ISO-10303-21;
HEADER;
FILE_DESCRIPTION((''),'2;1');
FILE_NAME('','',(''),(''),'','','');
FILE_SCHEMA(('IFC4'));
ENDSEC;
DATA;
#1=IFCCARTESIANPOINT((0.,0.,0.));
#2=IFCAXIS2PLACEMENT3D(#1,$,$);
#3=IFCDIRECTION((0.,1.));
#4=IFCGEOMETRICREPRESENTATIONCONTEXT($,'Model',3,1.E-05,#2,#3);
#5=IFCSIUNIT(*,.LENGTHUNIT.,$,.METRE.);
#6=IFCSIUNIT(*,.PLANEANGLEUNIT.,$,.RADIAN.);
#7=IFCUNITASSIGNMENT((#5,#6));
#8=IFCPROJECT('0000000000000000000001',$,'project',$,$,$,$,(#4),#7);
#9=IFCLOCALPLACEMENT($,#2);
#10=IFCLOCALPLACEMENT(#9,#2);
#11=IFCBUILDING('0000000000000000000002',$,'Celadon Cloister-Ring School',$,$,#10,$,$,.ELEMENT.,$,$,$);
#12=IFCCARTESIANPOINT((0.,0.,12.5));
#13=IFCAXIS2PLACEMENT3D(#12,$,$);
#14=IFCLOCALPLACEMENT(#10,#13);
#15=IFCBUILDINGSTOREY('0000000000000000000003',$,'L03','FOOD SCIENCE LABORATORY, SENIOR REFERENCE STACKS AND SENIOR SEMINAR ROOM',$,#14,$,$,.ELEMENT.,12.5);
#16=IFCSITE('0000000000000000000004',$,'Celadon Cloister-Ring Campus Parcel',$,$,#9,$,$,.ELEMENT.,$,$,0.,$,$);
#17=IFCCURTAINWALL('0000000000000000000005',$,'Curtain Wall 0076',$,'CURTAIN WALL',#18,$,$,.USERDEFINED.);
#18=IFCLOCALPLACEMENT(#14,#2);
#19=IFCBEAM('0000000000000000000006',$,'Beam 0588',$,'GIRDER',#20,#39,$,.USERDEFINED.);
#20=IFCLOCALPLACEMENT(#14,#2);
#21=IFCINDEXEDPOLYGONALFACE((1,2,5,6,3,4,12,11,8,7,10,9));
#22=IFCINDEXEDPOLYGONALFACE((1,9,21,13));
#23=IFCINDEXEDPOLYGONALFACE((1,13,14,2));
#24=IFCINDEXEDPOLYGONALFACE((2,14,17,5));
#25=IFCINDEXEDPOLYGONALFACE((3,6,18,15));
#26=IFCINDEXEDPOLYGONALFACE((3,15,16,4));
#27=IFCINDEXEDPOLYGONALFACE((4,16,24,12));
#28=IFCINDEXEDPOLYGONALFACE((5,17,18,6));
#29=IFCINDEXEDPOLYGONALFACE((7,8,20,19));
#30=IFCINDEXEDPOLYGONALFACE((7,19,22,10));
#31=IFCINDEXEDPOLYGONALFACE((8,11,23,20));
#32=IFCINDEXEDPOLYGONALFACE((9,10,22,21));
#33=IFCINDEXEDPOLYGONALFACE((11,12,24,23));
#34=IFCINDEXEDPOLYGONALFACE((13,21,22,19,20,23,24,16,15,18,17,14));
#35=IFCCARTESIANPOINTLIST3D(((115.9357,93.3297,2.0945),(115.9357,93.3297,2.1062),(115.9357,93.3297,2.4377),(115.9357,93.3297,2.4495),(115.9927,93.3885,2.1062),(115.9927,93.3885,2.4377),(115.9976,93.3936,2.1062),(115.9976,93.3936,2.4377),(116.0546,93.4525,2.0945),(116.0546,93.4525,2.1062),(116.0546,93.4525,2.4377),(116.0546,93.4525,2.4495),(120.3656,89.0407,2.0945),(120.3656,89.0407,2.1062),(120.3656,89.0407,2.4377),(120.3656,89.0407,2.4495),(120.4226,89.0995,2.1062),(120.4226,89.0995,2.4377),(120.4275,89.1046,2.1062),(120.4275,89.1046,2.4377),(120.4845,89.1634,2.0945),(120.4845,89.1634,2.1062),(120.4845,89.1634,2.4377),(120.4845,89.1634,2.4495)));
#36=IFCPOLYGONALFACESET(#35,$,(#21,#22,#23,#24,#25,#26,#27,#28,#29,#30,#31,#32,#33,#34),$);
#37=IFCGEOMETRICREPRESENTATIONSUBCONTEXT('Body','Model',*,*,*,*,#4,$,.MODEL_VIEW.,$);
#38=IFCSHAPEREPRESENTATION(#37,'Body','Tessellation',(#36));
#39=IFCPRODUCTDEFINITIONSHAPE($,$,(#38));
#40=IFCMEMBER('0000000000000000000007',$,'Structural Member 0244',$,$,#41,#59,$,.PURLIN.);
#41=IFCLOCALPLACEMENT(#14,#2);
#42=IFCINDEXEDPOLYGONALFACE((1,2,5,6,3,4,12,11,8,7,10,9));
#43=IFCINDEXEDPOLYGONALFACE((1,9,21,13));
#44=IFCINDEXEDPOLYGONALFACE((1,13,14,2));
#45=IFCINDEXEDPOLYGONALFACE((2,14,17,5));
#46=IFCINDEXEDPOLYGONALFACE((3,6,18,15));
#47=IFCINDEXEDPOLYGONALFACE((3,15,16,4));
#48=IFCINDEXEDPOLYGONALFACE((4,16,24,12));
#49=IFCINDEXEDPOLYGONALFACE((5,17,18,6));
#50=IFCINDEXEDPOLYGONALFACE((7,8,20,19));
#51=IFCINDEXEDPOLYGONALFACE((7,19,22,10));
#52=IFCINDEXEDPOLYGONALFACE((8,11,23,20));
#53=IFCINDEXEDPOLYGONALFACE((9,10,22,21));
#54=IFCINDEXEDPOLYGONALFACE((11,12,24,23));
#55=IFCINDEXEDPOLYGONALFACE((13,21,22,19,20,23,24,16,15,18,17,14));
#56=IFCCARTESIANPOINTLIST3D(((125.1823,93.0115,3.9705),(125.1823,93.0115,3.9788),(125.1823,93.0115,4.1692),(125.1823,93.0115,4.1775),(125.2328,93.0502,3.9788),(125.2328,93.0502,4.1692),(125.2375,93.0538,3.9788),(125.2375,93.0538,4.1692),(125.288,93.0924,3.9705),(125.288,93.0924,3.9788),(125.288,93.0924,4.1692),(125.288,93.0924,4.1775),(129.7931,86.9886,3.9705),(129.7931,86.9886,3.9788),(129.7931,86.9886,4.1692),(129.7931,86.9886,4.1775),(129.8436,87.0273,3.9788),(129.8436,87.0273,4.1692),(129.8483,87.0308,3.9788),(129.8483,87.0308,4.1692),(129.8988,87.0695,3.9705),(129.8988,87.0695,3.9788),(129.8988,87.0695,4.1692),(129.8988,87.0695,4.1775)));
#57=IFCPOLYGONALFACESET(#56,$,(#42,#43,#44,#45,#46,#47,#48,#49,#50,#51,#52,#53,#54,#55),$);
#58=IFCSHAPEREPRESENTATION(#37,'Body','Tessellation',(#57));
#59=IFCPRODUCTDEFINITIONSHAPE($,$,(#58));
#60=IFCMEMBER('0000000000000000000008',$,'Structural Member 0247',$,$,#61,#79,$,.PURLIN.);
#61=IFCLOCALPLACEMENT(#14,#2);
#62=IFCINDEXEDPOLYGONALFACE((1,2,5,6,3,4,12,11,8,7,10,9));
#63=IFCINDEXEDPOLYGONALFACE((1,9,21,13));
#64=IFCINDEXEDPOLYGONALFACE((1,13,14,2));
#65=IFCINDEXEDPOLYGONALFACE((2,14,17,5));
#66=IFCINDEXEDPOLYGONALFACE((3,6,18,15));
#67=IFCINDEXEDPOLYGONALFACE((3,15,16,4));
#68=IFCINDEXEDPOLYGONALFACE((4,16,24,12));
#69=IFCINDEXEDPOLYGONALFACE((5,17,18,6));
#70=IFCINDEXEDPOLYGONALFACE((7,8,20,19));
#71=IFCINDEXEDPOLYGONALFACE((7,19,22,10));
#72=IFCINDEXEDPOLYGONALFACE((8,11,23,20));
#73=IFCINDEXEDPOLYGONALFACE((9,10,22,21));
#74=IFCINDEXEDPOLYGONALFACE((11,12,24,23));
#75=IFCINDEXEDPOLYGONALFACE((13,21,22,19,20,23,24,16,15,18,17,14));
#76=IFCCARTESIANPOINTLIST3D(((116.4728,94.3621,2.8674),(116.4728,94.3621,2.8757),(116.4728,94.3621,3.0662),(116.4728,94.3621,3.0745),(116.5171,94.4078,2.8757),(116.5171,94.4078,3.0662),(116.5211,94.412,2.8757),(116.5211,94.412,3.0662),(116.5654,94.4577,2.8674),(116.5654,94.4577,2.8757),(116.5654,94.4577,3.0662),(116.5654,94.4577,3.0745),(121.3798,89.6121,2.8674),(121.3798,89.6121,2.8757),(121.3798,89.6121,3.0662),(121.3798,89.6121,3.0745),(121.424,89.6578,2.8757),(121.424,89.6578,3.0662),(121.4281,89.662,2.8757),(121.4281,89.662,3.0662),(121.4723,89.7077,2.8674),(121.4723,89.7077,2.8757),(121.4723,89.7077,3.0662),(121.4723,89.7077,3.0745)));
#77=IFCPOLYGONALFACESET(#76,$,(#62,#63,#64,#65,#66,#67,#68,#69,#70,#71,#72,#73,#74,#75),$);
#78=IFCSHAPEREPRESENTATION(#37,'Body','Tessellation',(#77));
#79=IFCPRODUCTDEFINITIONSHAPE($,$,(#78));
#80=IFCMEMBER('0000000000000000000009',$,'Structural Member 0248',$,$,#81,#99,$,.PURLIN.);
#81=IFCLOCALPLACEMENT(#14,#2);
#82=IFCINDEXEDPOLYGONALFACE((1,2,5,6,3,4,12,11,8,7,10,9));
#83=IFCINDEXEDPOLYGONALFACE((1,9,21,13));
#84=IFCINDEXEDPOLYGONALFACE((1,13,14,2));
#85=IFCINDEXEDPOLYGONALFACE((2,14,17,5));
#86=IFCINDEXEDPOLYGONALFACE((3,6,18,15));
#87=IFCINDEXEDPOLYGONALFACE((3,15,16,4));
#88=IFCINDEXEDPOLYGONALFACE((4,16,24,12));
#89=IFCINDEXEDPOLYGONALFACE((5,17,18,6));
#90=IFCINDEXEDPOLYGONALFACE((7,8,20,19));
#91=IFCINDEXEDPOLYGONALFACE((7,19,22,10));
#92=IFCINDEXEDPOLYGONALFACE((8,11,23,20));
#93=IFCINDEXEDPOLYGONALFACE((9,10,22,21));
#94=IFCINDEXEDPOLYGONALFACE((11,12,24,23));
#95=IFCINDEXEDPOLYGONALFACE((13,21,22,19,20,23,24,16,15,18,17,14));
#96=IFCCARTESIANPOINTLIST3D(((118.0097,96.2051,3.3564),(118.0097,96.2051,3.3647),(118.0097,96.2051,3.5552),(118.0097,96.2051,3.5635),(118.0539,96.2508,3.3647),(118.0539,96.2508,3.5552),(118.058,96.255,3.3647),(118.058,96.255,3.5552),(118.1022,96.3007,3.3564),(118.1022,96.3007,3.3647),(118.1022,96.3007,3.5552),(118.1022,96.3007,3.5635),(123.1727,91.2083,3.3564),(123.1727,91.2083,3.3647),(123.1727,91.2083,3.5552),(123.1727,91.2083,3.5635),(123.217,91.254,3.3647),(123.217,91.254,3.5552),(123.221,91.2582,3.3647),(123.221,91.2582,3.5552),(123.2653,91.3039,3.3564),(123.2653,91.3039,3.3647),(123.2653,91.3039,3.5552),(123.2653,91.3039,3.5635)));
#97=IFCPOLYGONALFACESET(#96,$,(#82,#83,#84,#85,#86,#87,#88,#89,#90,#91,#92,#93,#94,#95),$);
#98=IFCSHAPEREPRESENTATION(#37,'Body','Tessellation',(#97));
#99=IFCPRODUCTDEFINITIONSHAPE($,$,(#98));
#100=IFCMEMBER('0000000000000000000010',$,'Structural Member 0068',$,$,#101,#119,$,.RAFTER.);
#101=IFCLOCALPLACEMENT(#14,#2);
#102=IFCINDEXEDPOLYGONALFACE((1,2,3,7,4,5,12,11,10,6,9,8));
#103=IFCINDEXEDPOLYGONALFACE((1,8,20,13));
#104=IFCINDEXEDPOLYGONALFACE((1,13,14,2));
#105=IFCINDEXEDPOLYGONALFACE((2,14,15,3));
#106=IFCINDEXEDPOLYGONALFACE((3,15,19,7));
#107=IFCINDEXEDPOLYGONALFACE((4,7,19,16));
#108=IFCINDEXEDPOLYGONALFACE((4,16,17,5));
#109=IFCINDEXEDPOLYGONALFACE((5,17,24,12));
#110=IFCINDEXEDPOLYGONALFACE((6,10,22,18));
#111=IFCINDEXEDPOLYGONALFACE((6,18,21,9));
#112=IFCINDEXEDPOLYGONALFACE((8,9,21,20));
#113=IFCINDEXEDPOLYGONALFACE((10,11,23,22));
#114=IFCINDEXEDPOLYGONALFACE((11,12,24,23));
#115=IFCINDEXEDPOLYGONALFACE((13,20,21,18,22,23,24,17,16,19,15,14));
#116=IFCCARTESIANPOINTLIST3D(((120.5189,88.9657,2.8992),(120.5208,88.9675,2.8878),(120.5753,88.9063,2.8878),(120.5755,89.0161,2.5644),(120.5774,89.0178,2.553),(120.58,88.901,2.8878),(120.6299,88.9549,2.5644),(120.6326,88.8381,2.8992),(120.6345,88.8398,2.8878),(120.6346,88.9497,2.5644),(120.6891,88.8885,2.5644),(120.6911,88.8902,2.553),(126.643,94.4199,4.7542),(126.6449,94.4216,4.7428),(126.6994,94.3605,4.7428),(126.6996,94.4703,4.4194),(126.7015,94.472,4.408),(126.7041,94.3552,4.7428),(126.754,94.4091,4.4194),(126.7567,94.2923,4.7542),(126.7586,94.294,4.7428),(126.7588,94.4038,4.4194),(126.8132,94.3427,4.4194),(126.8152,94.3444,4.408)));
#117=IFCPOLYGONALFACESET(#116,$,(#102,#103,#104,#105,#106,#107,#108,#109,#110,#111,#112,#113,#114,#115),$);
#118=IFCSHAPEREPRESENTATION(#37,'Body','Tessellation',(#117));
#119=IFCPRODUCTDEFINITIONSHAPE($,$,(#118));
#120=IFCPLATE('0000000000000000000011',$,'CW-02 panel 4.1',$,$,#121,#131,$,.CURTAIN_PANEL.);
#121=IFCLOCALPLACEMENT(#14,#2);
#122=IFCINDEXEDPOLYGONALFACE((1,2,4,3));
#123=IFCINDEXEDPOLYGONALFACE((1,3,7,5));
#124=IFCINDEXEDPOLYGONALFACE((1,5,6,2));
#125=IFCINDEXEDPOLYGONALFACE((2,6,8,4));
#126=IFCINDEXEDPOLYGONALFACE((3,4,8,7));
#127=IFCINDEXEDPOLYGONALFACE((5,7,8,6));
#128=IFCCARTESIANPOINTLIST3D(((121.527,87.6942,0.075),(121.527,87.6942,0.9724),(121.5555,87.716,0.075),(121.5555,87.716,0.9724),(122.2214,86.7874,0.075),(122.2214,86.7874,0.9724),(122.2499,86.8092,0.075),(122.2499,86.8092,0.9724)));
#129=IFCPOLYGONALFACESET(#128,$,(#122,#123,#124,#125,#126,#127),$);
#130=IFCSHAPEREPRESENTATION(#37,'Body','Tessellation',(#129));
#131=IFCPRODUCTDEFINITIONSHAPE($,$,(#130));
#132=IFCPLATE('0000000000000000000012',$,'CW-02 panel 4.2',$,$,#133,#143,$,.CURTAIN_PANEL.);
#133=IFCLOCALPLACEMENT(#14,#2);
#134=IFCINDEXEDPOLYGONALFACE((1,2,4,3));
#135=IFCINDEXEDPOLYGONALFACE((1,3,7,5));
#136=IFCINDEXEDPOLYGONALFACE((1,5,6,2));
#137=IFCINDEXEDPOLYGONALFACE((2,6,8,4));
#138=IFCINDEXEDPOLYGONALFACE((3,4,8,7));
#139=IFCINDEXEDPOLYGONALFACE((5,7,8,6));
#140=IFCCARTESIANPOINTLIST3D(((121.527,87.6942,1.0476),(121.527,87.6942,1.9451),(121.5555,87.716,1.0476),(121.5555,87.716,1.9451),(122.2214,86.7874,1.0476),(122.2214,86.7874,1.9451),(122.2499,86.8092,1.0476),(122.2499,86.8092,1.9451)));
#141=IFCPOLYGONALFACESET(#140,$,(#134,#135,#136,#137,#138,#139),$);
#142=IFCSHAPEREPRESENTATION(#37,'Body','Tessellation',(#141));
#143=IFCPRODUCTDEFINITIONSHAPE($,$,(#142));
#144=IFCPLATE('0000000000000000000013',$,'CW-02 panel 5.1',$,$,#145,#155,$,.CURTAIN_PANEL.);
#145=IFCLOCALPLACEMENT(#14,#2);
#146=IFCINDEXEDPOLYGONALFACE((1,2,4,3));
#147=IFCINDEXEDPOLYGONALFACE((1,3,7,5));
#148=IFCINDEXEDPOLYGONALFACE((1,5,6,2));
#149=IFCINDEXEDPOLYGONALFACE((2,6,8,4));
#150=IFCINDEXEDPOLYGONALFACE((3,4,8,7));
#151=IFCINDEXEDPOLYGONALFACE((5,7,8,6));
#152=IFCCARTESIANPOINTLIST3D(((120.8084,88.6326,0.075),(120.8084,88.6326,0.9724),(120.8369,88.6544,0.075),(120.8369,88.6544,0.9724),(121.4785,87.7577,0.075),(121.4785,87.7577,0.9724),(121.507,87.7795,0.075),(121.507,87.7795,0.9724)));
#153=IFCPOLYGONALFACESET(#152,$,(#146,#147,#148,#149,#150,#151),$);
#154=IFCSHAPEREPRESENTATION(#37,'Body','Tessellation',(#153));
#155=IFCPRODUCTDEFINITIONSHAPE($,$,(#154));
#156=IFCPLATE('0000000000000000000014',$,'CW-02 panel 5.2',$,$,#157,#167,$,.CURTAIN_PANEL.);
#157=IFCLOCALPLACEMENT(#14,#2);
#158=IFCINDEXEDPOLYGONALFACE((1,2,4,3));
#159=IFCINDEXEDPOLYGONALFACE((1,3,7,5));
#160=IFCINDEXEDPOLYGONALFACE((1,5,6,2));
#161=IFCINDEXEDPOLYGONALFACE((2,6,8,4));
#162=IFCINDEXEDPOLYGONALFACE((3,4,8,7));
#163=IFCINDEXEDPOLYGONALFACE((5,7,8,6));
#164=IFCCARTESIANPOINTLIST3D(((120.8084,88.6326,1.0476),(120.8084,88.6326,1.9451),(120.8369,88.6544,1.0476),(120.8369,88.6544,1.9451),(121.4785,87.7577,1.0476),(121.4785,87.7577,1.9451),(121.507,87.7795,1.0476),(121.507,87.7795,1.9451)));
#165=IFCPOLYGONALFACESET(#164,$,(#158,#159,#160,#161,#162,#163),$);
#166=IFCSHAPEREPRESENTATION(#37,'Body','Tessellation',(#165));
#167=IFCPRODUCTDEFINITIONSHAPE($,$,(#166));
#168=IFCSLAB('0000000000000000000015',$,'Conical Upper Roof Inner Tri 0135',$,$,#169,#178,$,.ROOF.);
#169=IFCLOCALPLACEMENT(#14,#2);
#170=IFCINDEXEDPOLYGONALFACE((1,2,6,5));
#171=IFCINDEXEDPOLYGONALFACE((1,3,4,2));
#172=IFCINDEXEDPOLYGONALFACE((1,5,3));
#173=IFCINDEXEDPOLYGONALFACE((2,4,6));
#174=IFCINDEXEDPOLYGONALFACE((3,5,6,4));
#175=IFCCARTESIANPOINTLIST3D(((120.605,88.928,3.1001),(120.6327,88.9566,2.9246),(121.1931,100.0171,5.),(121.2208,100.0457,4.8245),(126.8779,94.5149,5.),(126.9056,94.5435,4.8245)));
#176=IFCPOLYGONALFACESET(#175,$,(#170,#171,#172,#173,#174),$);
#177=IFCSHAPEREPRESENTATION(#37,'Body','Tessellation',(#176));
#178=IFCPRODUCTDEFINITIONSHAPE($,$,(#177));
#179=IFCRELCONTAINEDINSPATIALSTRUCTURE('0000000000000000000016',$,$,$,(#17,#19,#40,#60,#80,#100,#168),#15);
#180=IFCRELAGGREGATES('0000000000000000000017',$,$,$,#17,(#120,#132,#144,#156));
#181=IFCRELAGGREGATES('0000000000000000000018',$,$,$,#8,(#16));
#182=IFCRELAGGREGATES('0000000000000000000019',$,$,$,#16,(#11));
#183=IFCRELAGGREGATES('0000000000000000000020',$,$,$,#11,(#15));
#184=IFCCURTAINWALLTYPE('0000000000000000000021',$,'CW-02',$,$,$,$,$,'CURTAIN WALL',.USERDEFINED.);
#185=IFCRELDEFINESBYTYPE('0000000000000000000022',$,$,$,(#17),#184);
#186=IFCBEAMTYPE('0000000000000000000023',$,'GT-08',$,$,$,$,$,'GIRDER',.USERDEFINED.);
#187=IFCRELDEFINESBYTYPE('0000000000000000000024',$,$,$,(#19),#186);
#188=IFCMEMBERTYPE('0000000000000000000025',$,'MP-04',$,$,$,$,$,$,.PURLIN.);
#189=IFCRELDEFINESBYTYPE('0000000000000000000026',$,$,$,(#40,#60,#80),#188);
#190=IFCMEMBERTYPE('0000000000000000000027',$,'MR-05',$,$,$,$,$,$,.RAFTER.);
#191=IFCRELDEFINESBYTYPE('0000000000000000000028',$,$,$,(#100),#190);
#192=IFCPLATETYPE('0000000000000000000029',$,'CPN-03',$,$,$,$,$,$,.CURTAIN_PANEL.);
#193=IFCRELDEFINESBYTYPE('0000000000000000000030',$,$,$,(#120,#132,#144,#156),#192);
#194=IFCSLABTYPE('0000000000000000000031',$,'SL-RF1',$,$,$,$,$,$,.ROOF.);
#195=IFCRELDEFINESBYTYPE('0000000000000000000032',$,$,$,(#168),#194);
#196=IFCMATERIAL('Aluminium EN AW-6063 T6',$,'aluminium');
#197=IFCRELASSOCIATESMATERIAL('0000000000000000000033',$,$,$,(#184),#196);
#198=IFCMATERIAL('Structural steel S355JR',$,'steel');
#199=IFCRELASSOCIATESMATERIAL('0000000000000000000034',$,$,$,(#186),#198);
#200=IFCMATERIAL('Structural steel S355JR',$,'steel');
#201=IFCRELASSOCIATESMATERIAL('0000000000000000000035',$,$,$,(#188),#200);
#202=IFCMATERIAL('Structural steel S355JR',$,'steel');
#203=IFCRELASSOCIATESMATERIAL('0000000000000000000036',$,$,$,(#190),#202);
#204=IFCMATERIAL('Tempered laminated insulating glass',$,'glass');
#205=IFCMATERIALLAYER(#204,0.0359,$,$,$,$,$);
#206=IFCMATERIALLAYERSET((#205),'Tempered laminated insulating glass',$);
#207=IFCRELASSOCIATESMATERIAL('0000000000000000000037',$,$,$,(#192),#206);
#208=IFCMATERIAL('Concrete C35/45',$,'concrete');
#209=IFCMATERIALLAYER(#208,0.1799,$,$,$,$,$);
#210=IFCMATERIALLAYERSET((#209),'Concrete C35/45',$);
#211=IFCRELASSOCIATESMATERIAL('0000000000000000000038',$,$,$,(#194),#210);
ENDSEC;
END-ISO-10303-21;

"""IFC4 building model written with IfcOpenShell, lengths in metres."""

from ifc_helpers import new_model, si_unit, direction, frame, origin, origin_2d, place, context, subcontext, project, spatial, polyline, rectangle, i_section, outline, extrude, material, layer, layer_set, material_profile, profile_set, type_object, element, aggregate, save


model = new_model("IFC4")

# Units and contexts
model_context = context("Model", 3, precision=1e-05, world=origin(), true_north=direction((0.0, 1.0)))
body_context = subcontext(model_context, "Body", "Model", "MODEL_VIEW")
ifc_project = project(units=[si_unit("LENGTHUNIT", "METRE"), si_unit("PLANEANGLEUNIT", "RADIAN")], contexts=[model_context])

# Site, building, storey
site_placement = place(None, origin())
site = spatial("IfcSite", under=ifc_project, at=site_placement, Name="Celadon Cloister-Ring Campus Parcel", CompositionType="ELEMENT", RefElevation=0.0)
building_placement = place(site_placement, origin())
building = spatial("IfcBuilding", under=site, at=building_placement, Name="Celadon Cloister-Ring School", CompositionType="ELEMENT")
storey_placement = place(building_placement, frame((0.0, 0.0, 12.5)))
storey = spatial("IfcBuildingStorey", under=building, at=storey_placement, Name="L03", Description="FOOD SCIENCE LABORATORY, SENIOR REFERENCE STACKS AND SENIOR SEMINAR ROOM", CompositionType="ELEMENT", Elevation=12.5)

# Curtain wall
ifc_material_1 = material(Name="Aluminium EN AW-6063 T6", Category="aluminium")
curtain_wall_type = type_object("IfcCurtainWallType", Name="CW-02", ElementType="CURTAIN WALL", PredefinedType="USERDEFINED", material=ifc_material_1)
curtain_wall_placement = place(storey_placement, origin())
curtain_wall = element("IfcCurtainWall", 1, at=curtain_wall_placement, inside=storey, type_object=curtain_wall_type, Name="Curtain Wall 0076", ObjectType="CURTAIN WALL", PredefinedType="USERDEFINED")

# Beam
ifc_material_2 = material(Name="Structural steel S355JR", Category="steel")
ifc_material_profile_1 = material_profile(ifc_material_2, i_section(OverallWidth=0.1709, OverallDepth=0.355, WebThickness=0.0071, FlangeThickness=0.0117, at=origin_2d()), Name="W360X51")
ifc_profile_set_1 = profile_set([ifc_material_profile_1], Name="Structural steel S355JR")
beam_type = type_object("IfcBeamType", Name="GT-08", ElementType="GIRDER", PredefinedType="USERDEFINED", material=ifc_profile_set_1)
beam_placement = place(storey_placement, frame((120.425, 89.1021, 2.272), z_axis=(-0.718437, 0.695592, 0.0), x_axis=(-0.695592, -0.718437, 0.0)))
element("IfcBeam", 2, at=beam_placement, inside=storey, type_object=beam_type, Name="Beam 0588", ObjectType="GIRDER", PredefinedType="USERDEFINED", context=body_context, shape_type="SweptSolid", body=[
    extrude(i_section(OverallWidth=0.1709, OverallDepth=0.355, WebThickness=0.0071, FlangeThickness=0.0117, at=origin_2d()), origin(), (0.0, 0.0, 1.0), 6.166),
])

# Members
ifc_material_3 = material(Name="Structural steel S355JR", Category="steel")
ifc_material_profile_2 = material_profile(ifc_material_3, i_section(OverallWidth=0.1331, OverallDepth=0.207, WebThickness=0.0059, FlangeThickness=0.0083, at=origin_2d()), Name="W200X27")
ifc_profile_set_2 = profile_set([ifc_material_profile_2], Name="Structural steel S355JR")
member_type_1 = type_object("IfcMemberType", Name="MP-04", PredefinedType="PURLIN", material=ifc_profile_set_2)
member_1_placement = place(storey_placement, frame((129.8459, 87.0291, 4.074), z_axis=(-0.607871, 0.794036, 0.0), x_axis=(-0.794036, -0.607871, 0.0)))
element("IfcMember", 3, at=member_1_placement, inside=storey, type_object=member_type_1, Name="Structural Member 0244", PredefinedType="PURLIN", context=body_context, shape_type="SweptSolid", body=[
    extrude(i_section(OverallWidth=0.1331, OverallDepth=0.207, WebThickness=0.0059, FlangeThickness=0.0083, at=origin_2d()), origin(), (0.0, 0.0, 1.0), 7.5852),
])
member_2_placement = place(storey_placement, frame((121.426, 89.6599, 2.9709), z_axis=(-0.718506, 0.69552, 0.0), x_axis=(-0.69552, -0.718506, 0.0)))
element("IfcMember", 4, at=member_2_placement, inside=storey, type_object=member_type_1, Name="Structural Member 0247", PredefinedType="PURLIN", context=body_context, shape_type="SweptSolid", body=[
    extrude(i_section(OverallWidth=0.1331, OverallDepth=0.207, WebThickness=0.0059, FlangeThickness=0.0083, at=origin_2d()), origin(), (0.0, 0.0, 1.0), 6.8293),
])
member_3_placement = place(storey_placement, frame((123.219, 91.2561, 3.46), z_axis=(-0.718582, 0.695442, 0.0), x_axis=(-0.695442, -0.718582, 0.0)))
element("IfcMember", 5, at=member_3_placement, inside=storey, type_object=member_type_1, Name="Structural Member 0248", PredefinedType="PURLIN", context=body_context, shape_type="SweptSolid", body=[
    extrude(i_section(OverallWidth=0.1331, OverallDepth=0.207, WebThickness=0.0059, FlangeThickness=0.0083, at=origin_2d()), origin(), (0.0, 0.0, 1.0), 7.1851),
])
ifc_material_4 = material(Name="Structural steel S355JR", Category="steel")
ifc_material_profile_3 = material_profile(ifc_material_4, i_section(OverallWidth=0.1709, OverallDepth=0.355, WebThickness=0.0071, FlangeThickness=0.0117, at=origin_2d()), Name="W360X51")
ifc_profile_set_3 = profile_set([ifc_material_profile_3], Name="Structural steel S355JR")
member_type_2 = type_object("IfcMemberType", Name="MR-05", PredefinedType="RAFTER", material=ifc_profile_set_3)
member_4_placement = place(storey_placement, frame((120.605, 88.928, 2.7261), z_axis=(0.72837, 0.648692, 0.220625), x_axis=(-0.66508, 0.746772, 0.0)))
element("IfcMember", 6, at=member_4_placement, inside=storey, type_object=member_type_2, Name="Structural Member 0068", PredefinedType="RAFTER", context=body_context, shape_type="SweptSolid", body=[
    extrude(i_section(OverallWidth=0.1709, OverallDepth=0.355, WebThickness=0.0071, FlangeThickness=0.0117, at=origin_2d()), origin(), (0.0, 0.0, 1.0), 8.408),
])

# Plates
ifc_material_5 = material(Name="Tempered laminated insulating glass", Category="glass")
ifc_layer_1 = layer(ifc_material_5, 0.0359)
ifc_layer_set_1 = layer_set([ifc_layer_1], Name="Tempered laminated insulating glass")
plate_type = type_object("IfcPlateType", Name="CPN-03", PredefinedType="CURTAIN_PANEL", material=ifc_layer_set_1)
plate_1_placement = place(storey_placement, frame((121.8884, 87.2517, 0.075), z_axis=(0.0, 0.0, 1.0), x_axis=(-0.608009, 0.79393, 0.0)))
plate_1 = element("IfcPlate", 7, at=plate_1_placement, type_object=plate_type, Name="CW-02 panel 4.1", PredefinedType="CURTAIN_PANEL", context=body_context, shape_type="SweptSolid", body=[
    extrude(rectangle(XDim=1.1421, YDim=0.0359, at=origin_2d()), origin(), (0.0, 0.0, 1.0), 0.8975),
])
plate_2_placement = place(storey_placement, frame((121.8884, 87.2517, 1.0476), z_axis=(0.0, 0.0, 1.0), x_axis=(-0.608009, 0.79393, 0.0)))
plate_2 = element("IfcPlate", 8, at=plate_2_placement, type_object=plate_type, Name="CW-02 panel 4.2", PredefinedType="CURTAIN_PANEL", context=body_context, shape_type="SweptSolid", body=[
    extrude(rectangle(XDim=1.1421, YDim=0.0359, at=origin_2d()), origin(), (0.0, 0.0, 1.0), 0.8975),
])
plate_3_placement = place(storey_placement, frame((121.1577, 88.2061, 0.075), z_axis=(0.0, 0.0, 1.0), x_axis=(-0.608009, 0.79393, 0.0)))
plate_3 = element("IfcPlate", 9, at=plate_3_placement, type_object=plate_type, Name="CW-02 panel 5.1", PredefinedType="CURTAIN_PANEL", context=body_context, shape_type="SweptSolid", body=[
    extrude(rectangle(XDim=1.1021, YDim=0.0359, at=origin_2d()), origin(), (0.0, 0.0, 1.0), 0.8975),
])
plate_4_placement = place(storey_placement, frame((121.1577, 88.2061, 1.0476), z_axis=(0.0, 0.0, 1.0), x_axis=(-0.608009, 0.79393, 0.0)))
plate_4 = element("IfcPlate", 10, at=plate_4_placement, type_object=plate_type, Name="CW-02 panel 5.2", PredefinedType="CURTAIN_PANEL", context=body_context, shape_type="SweptSolid", body=[
    extrude(rectangle(XDim=1.1021, YDim=0.0359, at=origin_2d()), origin(), (0.0, 0.0, 1.0), 0.8975),
])
aggregate(curtain_wall, [plate_1, plate_2, plate_3, plate_4])

# Slab
ifc_material_6 = material(Name="Concrete C35/45", Category="concrete")
ifc_layer_2 = layer(ifc_material_6, 0.1799)
ifc_layer_set_2 = layer_set([ifc_layer_2], Name="Concrete C35/45")
slab_type = type_object("IfcSlabType", Name="SL-RF1", PredefinedType="ROOF", material=ifc_layer_set_2)
slab_1_placement = place(storey_placement, frame((120.605, 88.928, 3.1001), z_axis=(-0.153823, -0.158929, 0.975233), x_axis=(0.728364, 0.648707, 0.220601)))
element("IfcSlab", 11, at=slab_1_placement, inside=storey, type_object=slab_type, Name="Conical Upper Roof Inner Tri 0135", PredefinedType="ROOF", context=body_context, shape_type="SweptSolid", body=[
    extrude(outline(polyline([(0.0, 0.0), (8.6124, 0.0), (8.0411, 7.8908), (0.0, 0.0)])), origin(), (0.0, 0.0, -1.0), 0.1799),
])

save(model, "model.ifc")
